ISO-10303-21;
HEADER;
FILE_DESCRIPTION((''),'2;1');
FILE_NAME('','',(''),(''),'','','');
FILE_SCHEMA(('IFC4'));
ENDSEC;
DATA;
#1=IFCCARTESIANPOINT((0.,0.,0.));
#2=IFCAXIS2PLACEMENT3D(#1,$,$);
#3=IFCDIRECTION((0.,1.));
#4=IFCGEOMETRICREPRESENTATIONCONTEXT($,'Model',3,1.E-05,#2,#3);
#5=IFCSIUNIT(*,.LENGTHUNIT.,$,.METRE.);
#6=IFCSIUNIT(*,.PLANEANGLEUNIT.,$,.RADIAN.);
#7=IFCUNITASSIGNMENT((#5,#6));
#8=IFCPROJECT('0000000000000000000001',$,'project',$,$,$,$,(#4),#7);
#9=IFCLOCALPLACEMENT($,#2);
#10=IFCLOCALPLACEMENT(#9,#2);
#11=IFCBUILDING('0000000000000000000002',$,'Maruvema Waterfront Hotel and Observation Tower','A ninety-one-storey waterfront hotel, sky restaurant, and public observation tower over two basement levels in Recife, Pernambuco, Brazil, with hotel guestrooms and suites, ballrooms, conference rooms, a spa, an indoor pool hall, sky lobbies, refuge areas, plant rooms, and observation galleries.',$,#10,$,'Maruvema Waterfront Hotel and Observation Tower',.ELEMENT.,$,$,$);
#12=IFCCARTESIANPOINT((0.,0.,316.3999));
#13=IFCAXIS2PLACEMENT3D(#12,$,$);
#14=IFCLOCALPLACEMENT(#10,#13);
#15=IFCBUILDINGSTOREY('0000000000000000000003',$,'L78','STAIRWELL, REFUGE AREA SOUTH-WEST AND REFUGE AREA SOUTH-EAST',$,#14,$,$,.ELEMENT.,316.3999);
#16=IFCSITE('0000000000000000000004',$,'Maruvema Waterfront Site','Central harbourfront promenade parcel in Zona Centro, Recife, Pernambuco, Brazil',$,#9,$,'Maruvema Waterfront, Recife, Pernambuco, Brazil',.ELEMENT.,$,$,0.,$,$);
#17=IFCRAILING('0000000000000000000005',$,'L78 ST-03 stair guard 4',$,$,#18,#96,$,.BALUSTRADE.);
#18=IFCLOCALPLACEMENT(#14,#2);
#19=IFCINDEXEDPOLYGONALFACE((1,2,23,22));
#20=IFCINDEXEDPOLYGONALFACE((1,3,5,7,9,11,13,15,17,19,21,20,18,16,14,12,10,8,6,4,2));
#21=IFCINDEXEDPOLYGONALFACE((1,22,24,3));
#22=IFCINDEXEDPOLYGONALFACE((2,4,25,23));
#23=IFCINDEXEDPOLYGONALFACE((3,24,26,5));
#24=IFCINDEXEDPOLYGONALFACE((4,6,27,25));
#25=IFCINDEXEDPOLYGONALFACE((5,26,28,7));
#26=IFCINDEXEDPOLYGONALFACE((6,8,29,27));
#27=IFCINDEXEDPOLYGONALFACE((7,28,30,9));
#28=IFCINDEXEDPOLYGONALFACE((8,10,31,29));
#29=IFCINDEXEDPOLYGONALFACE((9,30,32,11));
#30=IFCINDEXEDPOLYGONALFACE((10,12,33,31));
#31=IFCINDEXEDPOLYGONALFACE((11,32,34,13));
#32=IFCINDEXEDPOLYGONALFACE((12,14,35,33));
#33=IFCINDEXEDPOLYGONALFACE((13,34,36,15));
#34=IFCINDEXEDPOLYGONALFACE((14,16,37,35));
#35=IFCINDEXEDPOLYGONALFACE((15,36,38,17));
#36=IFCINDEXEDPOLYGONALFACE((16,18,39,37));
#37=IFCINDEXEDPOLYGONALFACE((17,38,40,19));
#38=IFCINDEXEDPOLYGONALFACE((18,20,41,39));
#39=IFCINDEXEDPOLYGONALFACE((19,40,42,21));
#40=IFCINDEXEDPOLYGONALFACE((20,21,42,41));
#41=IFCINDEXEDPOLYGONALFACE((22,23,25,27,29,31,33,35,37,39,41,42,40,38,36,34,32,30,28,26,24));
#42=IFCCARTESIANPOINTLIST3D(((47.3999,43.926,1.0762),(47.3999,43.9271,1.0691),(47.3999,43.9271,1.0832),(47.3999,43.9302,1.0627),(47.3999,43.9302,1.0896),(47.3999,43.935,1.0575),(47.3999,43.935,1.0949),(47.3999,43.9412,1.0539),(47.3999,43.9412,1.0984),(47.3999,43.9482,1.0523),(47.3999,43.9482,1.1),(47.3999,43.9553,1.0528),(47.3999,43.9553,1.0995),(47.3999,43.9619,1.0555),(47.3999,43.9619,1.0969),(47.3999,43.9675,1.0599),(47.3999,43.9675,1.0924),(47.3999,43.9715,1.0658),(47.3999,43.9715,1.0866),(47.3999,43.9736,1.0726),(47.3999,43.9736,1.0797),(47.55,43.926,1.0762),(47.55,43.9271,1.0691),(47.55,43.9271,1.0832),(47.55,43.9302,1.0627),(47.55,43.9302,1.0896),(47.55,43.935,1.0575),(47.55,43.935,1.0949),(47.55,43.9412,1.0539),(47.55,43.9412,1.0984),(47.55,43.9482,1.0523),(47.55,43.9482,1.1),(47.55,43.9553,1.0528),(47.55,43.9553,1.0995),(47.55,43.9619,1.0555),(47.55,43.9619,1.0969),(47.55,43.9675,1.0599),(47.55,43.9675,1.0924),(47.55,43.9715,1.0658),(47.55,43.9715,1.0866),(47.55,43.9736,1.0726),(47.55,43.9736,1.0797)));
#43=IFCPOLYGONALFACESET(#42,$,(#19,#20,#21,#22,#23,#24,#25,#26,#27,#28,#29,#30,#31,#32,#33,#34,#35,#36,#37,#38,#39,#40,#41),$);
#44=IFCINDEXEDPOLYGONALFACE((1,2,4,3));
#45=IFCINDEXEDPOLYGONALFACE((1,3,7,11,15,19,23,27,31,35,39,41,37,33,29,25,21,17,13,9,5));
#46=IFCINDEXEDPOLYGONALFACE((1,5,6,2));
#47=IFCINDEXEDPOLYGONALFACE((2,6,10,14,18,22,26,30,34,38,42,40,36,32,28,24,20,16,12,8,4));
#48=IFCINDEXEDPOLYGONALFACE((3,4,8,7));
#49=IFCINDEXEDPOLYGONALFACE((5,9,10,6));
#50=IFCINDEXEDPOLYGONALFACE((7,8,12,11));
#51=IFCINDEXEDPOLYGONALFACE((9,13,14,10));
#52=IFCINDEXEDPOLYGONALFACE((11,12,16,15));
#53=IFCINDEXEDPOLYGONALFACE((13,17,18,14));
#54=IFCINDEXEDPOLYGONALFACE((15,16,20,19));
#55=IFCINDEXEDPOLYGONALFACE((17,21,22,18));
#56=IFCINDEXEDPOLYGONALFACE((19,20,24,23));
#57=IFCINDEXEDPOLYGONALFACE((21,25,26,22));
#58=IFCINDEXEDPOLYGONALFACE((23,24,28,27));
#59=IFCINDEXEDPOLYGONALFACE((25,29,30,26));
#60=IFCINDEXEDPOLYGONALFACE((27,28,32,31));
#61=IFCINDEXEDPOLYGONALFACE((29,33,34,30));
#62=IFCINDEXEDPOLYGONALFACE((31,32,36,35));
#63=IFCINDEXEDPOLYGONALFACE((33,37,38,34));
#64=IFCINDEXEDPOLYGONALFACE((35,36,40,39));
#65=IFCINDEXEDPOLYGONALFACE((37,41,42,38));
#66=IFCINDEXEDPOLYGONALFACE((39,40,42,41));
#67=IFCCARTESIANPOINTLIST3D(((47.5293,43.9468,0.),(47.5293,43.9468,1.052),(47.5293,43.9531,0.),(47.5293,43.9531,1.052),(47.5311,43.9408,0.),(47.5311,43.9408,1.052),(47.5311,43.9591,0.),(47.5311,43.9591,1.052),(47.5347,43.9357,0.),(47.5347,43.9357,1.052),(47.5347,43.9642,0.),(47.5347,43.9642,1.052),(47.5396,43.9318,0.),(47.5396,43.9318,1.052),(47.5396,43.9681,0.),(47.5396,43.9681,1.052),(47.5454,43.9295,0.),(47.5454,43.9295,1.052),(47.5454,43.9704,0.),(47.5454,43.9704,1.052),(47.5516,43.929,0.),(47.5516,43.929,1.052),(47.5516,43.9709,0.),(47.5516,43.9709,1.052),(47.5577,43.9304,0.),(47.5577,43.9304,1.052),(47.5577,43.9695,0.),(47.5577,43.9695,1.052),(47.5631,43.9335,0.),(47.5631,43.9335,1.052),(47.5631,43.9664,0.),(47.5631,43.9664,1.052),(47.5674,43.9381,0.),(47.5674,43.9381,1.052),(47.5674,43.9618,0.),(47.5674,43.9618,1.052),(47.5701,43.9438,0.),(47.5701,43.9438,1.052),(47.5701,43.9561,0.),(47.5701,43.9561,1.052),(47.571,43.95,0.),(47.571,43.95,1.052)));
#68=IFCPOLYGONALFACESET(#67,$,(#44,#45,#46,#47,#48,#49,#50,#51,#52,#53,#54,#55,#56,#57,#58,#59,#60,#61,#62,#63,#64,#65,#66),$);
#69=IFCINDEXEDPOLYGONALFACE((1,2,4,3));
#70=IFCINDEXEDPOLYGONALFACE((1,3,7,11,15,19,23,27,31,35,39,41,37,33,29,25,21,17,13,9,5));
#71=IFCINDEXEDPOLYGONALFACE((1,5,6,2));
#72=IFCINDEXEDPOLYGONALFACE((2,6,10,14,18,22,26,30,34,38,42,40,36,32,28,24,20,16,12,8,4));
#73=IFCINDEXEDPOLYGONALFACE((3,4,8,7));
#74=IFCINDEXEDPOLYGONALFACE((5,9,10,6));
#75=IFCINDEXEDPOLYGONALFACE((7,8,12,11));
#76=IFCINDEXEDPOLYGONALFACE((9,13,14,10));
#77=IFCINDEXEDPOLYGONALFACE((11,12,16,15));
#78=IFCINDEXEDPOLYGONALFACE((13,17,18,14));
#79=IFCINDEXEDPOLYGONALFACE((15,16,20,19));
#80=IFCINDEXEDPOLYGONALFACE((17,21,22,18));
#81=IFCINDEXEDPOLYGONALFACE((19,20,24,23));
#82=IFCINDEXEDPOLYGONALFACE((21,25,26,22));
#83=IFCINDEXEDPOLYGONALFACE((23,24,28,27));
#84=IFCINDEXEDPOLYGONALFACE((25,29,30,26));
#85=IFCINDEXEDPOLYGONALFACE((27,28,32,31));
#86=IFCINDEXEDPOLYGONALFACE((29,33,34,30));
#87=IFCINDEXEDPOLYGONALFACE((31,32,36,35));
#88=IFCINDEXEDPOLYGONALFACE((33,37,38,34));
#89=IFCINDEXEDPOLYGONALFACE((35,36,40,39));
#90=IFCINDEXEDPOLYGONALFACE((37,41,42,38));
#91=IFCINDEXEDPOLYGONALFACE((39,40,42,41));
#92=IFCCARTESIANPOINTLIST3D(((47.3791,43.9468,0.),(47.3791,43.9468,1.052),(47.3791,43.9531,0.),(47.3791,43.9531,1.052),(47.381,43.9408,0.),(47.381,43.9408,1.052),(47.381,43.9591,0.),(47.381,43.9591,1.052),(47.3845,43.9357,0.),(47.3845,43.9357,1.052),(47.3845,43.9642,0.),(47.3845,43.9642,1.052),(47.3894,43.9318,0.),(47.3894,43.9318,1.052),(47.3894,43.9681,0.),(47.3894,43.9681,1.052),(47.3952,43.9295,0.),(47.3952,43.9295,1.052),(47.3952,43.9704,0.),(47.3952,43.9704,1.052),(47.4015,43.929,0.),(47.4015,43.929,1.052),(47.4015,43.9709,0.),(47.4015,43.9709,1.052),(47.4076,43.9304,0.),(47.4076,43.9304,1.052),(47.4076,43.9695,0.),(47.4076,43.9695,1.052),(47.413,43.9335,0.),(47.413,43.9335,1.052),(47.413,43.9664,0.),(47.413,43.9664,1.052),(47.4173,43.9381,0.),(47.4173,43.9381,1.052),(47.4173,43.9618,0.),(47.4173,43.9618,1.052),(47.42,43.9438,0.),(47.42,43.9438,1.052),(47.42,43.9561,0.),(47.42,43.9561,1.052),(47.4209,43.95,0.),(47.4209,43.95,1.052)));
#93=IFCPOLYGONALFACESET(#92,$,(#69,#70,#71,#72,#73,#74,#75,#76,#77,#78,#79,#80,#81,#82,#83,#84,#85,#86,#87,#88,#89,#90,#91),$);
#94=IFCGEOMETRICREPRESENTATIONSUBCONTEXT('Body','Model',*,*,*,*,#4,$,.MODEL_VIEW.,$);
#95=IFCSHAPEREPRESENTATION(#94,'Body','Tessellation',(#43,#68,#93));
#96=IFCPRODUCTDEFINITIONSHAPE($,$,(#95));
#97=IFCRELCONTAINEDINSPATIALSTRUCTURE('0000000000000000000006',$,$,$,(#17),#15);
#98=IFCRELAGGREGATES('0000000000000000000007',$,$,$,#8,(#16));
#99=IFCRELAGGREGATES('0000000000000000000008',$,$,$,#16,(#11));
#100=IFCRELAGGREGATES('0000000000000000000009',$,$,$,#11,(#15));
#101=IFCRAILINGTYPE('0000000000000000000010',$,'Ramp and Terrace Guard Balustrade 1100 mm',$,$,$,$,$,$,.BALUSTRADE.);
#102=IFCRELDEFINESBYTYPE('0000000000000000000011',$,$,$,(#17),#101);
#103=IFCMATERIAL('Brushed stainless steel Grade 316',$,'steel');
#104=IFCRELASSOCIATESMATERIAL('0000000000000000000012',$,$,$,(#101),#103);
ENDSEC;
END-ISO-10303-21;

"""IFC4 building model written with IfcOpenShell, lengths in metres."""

from ifc_helpers import new_model, si_unit, direction, frame, origin, origin_2d, place, context, subcontext, project, spatial, circle, extrude, material, type_object, element, save


model = new_model("IFC4")

# Units and contexts
model_context = context("Model", 3, precision=1e-05, world=origin(), true_north=direction((0.0, 1.0)))
body_context = subcontext(model_context, "Body", "Model", "MODEL_VIEW")
ifc_project = project(units=[si_unit("LENGTHUNIT", "METRE"), si_unit("PLANEANGLEUNIT", "RADIAN")], contexts=[model_context])

# Site, building, storey
site_placement = place(None, origin())
site = spatial("IfcSite", under=ifc_project, at=site_placement, Name="Maruvema Waterfront Site", Description="Central harbourfront promenade parcel in Zona Centro, Recife, Pernambuco, Brazil", LongName="Maruvema Waterfront, Recife, Pernambuco, Brazil", CompositionType="ELEMENT", RefElevation=0.0)
building_placement = place(site_placement, origin())
building = spatial("IfcBuilding", under=site, at=building_placement, Name="Maruvema Waterfront Hotel and Observation Tower", Description="A ninety-one-storey waterfront hotel, sky restaurant, and public observation tower over two basement levels in Recife, Pernambuco, Brazil, with hotel guestrooms and suites, ballrooms, conference rooms, a spa, an indoor pool hall, sky lobbies, refuge areas, plant rooms, and observation galleries.", LongName="Maruvema Waterfront Hotel and Observation Tower", CompositionType="ELEMENT")
storey_placement = place(building_placement, frame((0.0, 0.0, 316.3999)))
storey = spatial("IfcBuildingStorey", under=building, at=storey_placement, Name="L78", Description="STAIRWELL, REFUGE AREA SOUTH-WEST AND REFUGE AREA SOUTH-EAST", CompositionType="ELEMENT", Elevation=316.3999)

# Railing
ifc_material_1 = material(Name="Brushed stainless steel Grade 316", Category="steel")
railing_type_1 = type_object("IfcRailingType", Name="Ramp and Terrace Guard Balustrade 1100 mm", PredefinedType="BALUSTRADE", material=ifc_material_1)
railing_1_placement = place(storey_placement, frame((47.55, 43.95, 0.0)))
element("IfcRailing", 1, at=railing_1_placement, inside=storey, type_object=railing_type_1, Name="L78 ST-03 stair guard 4", PredefinedType="BALUSTRADE", context=body_context, shape_type="SweptSolid", body=[
    extrude(circle(Radius=0.0239, at=origin_2d()), frame((0.0, 0.0, 1.0762), z_axis=(-1.0, 0.0, 0.0), x_axis=(0.0, -1.0, 0.0)), (0.0, 0.0, 1.0), 0.1501),
    extrude(circle(Radius=0.021, at=origin_2d()), origin(), (0.0, 0.0, 1.0), 1.052),
    extrude(circle(Radius=0.021, at=origin_2d()), frame((-0.1501, 0.0, 0.0)), (0.0, 0.0, 1.0), 1.052),
])

save(model, "model.ifc")
